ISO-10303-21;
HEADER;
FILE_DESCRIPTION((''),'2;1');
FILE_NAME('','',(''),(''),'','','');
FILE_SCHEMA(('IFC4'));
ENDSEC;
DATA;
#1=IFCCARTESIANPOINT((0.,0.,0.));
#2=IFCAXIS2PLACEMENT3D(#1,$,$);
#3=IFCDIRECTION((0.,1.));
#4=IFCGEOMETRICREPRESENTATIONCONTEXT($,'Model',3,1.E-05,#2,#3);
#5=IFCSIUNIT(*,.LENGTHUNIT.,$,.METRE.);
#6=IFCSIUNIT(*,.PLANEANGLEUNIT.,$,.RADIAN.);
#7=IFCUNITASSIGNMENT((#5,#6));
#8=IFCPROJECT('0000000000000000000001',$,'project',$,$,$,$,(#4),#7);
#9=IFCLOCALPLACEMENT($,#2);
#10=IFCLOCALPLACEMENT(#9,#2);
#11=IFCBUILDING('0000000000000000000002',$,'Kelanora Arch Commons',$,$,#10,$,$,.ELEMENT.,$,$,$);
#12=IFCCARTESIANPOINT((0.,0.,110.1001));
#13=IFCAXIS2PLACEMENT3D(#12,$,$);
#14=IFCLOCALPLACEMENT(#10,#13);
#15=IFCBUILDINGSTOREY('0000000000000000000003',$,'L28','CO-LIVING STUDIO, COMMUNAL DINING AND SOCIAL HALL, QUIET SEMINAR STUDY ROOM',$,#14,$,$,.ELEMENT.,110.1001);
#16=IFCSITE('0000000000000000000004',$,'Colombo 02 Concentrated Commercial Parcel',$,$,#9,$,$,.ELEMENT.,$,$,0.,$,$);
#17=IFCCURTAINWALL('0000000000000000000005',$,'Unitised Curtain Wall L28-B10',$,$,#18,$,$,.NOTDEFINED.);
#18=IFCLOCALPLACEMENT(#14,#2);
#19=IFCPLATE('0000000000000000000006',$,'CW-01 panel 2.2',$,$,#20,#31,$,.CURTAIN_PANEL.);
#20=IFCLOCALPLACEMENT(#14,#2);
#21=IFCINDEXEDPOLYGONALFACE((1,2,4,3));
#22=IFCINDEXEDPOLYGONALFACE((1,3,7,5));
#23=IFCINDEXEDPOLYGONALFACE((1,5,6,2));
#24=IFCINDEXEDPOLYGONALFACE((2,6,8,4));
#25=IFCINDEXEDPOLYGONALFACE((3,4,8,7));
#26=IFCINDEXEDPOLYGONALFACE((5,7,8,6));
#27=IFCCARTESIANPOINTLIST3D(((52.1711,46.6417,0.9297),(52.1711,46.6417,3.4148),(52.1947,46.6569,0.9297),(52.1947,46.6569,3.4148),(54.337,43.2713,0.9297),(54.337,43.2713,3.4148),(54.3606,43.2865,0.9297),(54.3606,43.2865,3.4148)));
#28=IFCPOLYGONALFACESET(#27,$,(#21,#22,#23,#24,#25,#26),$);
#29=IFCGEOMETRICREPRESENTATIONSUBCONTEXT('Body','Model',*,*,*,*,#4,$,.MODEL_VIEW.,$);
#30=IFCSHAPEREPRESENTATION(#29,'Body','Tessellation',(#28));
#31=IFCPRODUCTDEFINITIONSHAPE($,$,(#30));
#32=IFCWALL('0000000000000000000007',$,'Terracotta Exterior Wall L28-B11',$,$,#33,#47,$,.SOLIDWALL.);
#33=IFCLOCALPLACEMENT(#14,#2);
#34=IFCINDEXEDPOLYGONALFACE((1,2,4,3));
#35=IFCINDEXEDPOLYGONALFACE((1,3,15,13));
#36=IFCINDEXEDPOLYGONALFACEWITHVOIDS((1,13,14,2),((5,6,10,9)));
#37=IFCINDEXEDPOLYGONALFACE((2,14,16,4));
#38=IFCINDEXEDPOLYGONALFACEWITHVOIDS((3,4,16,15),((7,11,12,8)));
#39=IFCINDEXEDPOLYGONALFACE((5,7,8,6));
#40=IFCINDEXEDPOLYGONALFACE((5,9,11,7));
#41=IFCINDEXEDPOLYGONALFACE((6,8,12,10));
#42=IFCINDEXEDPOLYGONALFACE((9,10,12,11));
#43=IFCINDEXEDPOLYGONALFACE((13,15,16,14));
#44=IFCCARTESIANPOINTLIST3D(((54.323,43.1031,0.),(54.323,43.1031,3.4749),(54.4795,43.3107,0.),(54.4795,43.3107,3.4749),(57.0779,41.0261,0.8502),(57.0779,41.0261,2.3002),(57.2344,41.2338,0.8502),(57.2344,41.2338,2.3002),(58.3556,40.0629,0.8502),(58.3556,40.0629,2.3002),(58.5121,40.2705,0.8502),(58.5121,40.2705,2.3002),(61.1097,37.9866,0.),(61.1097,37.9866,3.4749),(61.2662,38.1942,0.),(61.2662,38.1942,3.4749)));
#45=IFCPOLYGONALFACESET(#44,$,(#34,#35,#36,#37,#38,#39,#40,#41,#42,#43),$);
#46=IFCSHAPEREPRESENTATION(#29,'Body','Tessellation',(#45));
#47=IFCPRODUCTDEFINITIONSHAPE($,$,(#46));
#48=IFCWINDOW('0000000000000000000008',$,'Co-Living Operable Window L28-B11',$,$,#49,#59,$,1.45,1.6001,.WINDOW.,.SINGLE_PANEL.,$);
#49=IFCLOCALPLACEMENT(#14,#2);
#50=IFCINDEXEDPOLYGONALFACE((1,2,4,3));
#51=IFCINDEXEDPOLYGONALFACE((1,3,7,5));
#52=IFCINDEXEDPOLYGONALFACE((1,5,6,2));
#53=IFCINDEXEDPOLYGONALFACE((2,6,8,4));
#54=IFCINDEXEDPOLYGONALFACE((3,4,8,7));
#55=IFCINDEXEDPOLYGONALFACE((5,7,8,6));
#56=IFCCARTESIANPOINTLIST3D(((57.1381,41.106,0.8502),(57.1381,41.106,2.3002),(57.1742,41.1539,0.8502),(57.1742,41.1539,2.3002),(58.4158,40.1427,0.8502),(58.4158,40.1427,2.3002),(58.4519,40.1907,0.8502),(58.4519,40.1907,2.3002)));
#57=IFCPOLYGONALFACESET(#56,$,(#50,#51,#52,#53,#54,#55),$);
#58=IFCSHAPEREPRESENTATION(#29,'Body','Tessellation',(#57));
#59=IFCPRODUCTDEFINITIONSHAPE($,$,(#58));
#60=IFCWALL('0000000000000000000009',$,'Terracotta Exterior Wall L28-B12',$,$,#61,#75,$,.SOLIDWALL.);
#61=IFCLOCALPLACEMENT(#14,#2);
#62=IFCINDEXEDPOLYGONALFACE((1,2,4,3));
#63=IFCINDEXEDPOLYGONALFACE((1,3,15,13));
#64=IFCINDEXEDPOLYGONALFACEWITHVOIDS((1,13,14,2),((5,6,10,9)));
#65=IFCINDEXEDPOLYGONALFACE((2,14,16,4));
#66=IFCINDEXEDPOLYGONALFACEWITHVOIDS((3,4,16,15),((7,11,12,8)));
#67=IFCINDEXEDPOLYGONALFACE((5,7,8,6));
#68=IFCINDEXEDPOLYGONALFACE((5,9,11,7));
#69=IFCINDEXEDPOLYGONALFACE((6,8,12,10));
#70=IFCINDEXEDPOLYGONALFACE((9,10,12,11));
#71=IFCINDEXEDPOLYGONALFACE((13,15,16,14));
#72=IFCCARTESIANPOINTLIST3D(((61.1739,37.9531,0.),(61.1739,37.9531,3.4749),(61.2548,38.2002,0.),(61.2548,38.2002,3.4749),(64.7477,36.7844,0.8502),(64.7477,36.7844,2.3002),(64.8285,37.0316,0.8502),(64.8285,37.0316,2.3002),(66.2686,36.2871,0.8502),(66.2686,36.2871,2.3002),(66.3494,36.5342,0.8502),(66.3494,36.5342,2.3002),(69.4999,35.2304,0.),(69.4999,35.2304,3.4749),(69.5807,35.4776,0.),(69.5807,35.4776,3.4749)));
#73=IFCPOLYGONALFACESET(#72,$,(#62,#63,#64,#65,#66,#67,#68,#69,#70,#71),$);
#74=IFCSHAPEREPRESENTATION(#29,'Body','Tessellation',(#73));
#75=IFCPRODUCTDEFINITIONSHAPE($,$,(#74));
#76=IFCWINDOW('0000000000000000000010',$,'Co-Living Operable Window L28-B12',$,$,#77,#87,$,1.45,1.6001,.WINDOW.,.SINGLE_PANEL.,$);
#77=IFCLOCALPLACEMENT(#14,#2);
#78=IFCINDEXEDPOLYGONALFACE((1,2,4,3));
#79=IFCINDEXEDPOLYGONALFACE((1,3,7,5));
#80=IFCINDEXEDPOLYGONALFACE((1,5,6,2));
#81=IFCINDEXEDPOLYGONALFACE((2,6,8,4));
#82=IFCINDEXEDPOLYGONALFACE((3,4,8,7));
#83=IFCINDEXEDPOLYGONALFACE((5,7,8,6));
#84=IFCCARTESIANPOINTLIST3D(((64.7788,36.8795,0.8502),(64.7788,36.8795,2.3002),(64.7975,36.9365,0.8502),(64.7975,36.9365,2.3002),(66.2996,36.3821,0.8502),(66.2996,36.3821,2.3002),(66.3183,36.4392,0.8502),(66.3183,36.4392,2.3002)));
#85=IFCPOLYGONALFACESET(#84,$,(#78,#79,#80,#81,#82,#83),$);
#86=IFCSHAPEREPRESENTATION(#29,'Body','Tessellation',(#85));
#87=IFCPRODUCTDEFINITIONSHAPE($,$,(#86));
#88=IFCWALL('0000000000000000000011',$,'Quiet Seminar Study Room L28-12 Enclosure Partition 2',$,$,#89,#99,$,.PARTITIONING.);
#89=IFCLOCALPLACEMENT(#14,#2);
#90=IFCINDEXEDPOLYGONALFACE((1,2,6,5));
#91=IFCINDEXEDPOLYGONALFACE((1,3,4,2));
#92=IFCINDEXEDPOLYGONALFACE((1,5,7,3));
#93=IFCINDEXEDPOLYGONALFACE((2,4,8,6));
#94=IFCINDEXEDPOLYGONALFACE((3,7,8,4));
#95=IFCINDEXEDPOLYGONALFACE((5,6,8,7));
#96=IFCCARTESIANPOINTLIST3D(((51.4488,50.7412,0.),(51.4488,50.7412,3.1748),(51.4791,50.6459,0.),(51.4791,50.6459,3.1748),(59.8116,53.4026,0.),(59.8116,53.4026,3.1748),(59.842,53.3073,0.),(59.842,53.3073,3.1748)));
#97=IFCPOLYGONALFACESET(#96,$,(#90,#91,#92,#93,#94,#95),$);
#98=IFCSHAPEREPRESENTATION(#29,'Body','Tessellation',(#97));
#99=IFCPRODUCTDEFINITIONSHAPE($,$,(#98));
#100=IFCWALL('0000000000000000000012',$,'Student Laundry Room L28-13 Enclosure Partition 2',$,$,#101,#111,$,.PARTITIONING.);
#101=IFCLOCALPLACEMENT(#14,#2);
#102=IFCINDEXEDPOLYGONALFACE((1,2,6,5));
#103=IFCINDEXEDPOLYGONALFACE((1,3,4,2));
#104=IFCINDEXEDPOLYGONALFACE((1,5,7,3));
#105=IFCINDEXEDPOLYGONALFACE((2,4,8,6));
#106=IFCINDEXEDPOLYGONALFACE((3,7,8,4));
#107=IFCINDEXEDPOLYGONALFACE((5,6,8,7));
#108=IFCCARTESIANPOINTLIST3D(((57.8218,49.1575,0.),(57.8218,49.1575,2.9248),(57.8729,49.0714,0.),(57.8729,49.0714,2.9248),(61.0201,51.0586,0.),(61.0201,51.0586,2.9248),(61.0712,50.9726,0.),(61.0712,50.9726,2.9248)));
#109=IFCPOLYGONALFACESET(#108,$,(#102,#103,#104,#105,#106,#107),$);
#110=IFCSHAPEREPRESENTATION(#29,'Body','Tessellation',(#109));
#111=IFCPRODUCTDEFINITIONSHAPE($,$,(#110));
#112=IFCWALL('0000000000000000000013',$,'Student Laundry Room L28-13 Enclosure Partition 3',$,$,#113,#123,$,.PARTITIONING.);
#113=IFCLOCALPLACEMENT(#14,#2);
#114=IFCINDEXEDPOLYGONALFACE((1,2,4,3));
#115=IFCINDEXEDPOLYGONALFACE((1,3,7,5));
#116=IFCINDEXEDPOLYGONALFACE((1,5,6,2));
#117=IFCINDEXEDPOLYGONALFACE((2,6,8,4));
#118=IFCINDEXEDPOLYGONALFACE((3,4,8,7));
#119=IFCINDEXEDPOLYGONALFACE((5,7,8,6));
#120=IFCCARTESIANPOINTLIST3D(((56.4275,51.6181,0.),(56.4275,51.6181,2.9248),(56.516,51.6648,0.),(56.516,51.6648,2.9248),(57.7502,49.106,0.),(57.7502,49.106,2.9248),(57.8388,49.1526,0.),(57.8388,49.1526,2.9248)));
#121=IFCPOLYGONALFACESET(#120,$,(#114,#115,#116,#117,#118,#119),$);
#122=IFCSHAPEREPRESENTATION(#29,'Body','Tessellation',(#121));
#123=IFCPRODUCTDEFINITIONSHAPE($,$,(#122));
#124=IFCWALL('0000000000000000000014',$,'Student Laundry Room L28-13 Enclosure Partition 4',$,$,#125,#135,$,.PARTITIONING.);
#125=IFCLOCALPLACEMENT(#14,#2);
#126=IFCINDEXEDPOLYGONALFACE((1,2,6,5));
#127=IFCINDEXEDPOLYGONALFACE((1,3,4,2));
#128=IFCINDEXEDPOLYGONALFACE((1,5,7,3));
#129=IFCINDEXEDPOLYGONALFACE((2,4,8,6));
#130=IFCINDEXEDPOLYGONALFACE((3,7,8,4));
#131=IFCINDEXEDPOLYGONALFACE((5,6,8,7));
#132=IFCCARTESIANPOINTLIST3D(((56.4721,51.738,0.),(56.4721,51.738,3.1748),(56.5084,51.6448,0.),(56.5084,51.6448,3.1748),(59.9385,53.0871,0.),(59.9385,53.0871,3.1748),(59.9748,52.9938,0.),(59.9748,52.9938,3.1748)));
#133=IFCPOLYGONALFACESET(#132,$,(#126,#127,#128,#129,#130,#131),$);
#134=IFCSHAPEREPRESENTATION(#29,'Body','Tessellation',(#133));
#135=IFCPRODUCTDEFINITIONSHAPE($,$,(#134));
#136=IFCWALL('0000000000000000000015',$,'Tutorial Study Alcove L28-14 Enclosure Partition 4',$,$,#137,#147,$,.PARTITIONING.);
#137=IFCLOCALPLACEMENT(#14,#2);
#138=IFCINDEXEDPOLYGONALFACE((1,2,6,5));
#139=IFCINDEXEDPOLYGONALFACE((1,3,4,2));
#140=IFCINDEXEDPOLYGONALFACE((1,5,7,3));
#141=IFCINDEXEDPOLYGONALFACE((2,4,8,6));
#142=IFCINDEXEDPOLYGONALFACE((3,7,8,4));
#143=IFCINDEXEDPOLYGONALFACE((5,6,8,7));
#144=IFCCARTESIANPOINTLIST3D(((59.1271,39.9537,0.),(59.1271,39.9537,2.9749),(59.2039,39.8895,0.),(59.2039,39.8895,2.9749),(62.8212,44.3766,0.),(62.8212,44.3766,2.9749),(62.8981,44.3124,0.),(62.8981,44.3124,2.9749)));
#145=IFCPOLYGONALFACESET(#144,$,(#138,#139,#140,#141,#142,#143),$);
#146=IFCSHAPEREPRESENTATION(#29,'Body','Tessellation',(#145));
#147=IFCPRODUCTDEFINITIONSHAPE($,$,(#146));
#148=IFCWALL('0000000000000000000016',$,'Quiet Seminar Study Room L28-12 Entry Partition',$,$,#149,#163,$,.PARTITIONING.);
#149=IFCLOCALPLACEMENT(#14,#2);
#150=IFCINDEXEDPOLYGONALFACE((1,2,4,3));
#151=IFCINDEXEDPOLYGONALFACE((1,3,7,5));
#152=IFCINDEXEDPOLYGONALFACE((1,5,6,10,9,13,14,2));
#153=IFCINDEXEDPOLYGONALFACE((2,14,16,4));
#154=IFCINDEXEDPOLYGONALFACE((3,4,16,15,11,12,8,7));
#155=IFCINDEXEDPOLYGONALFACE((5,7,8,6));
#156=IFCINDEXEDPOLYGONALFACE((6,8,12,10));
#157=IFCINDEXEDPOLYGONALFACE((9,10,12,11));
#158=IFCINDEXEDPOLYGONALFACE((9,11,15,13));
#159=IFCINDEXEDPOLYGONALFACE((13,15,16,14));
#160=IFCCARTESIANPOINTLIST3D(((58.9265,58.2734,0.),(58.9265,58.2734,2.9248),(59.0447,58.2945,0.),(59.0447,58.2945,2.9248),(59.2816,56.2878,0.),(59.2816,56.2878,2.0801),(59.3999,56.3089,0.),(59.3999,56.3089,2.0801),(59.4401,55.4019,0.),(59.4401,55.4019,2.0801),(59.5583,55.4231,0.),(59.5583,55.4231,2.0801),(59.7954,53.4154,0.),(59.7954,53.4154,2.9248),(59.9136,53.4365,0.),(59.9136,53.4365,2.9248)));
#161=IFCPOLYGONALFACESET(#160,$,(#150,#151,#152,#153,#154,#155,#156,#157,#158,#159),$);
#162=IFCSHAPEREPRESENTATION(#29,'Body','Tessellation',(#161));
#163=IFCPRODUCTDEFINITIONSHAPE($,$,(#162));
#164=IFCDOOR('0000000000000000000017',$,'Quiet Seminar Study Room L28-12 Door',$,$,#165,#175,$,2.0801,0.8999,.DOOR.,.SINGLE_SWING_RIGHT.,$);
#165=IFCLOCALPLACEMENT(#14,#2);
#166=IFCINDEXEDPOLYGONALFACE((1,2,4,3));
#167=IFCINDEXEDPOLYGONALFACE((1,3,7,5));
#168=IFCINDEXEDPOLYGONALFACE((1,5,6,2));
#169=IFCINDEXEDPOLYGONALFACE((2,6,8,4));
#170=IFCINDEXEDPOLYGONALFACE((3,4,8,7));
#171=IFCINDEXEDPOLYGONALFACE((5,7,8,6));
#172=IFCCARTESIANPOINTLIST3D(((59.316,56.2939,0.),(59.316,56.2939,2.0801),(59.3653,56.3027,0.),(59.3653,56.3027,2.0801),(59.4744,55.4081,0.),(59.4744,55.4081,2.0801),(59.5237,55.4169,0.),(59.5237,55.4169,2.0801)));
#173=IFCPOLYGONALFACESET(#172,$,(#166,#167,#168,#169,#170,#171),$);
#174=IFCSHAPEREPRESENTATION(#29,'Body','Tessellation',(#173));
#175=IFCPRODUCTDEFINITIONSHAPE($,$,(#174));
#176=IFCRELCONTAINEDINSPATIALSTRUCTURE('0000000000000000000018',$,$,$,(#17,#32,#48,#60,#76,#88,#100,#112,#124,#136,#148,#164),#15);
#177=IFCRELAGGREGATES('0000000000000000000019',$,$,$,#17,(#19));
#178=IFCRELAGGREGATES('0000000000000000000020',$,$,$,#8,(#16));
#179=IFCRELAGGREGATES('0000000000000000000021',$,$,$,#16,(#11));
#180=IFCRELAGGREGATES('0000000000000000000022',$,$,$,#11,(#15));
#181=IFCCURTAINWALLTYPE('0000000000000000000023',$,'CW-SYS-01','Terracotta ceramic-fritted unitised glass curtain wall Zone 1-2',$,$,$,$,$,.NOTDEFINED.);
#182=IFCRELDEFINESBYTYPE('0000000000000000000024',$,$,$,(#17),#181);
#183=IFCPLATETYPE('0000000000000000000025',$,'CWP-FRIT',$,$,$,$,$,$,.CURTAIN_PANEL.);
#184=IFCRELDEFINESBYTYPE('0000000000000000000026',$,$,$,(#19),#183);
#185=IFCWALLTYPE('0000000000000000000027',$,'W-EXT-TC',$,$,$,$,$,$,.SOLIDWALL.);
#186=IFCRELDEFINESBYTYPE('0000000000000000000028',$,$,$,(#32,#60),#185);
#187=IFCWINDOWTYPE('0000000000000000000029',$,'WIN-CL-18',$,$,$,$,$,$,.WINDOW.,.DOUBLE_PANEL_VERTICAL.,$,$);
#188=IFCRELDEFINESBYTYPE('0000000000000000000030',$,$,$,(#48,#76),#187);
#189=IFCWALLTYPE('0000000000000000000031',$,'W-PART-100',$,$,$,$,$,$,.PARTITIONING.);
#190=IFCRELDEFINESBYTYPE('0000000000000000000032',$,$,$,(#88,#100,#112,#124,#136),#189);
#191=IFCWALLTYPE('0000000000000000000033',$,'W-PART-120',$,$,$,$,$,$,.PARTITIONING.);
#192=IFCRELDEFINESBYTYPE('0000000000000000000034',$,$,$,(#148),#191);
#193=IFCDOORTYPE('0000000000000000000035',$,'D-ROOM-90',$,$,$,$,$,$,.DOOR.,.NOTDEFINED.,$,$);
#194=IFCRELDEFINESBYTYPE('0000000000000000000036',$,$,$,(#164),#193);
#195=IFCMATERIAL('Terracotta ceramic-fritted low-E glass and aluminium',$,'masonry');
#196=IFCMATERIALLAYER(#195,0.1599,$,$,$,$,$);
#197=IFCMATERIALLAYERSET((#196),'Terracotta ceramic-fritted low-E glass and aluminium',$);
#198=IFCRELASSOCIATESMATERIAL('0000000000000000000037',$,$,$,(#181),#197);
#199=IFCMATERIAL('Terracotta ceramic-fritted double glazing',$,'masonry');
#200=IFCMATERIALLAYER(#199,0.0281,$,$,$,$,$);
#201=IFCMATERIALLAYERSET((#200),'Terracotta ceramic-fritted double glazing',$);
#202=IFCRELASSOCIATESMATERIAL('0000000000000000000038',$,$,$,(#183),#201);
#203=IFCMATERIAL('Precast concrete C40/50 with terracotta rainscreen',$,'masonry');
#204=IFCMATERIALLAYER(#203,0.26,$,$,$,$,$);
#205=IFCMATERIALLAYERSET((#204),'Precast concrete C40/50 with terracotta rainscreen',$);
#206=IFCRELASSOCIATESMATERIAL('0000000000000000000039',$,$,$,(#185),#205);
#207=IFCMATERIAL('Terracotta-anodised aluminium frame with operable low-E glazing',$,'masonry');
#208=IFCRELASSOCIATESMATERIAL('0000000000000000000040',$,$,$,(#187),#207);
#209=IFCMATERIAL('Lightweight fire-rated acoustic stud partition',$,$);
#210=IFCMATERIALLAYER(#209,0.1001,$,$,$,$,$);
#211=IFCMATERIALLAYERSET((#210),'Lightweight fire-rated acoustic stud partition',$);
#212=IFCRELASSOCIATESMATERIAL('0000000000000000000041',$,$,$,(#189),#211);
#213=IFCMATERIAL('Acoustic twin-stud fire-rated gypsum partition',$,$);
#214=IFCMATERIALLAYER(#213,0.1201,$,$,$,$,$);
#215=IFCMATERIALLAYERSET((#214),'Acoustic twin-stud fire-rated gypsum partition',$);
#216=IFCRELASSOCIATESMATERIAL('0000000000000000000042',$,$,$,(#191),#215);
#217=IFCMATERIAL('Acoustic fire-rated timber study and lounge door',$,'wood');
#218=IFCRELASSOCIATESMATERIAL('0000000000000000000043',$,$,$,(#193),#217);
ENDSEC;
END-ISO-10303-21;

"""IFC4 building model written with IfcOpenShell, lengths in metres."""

from ifc_helpers import new_model, si_unit, direction, frame, frame_2d, origin, origin_2d, place, context, subcontext, project, spatial, rectangle, extrude, source, transform, mapped, material, layer, layer_set, type_object, element, fill, aggregate, save


model = new_model("IFC4")

# Units and contexts
model_context = context("Model", 3, precision=1e-05, world=origin(), true_north=direction((0.0, 1.0)))
body_context = subcontext(model_context, "Body", "Model", "MODEL_VIEW")
ifc_project = project(units=[si_unit("LENGTHUNIT", "METRE"), si_unit("PLANEANGLEUNIT", "RADIAN")], contexts=[model_context])

# Site, building, storey
site_placement = place(None, origin())
site = spatial("IfcSite", under=ifc_project, at=site_placement, Name="Colombo 02 Concentrated Commercial Parcel", CompositionType="ELEMENT", RefElevation=0.0)
building_placement = place(site_placement, origin())
building = spatial("IfcBuilding", under=site, at=building_placement, Name="Kelanora Arch Commons", CompositionType="ELEMENT")
storey_placement = place(building_placement, frame((0.0, 0.0, 110.1001)))
storey = spatial("IfcBuildingStorey", under=building, at=storey_placement, Name="L28", Description="CO-LIVING STUDIO, COMMUNAL DINING AND SOCIAL HALL, QUIET SEMINAR STUDY ROOM", CompositionType="ELEMENT", Elevation=110.1001)

# Curtain wall, plate
ifc_material_1 = material(Name="Terracotta ceramic-fritted low-E glass and aluminium", Category="masonry")
ifc_layer_1 = layer(ifc_material_1, 0.1599)
ifc_layer_set_1 = layer_set([ifc_layer_1], Name="Terracotta ceramic-fritted low-E glass and aluminium")
curtain_wall_type = type_object("IfcCurtainWallType", Name="CW-SYS-01", Description="Terracotta ceramic-fritted unitised glass curtain wall Zone 1-2", PredefinedType="NOTDEFINED", material=ifc_layer_set_1)
curtain_wall_placement = place(storey_placement, origin())
curtain_wall = element("IfcCurtainWall", 1, at=curtain_wall_placement, inside=storey, type_object=curtain_wall_type, Name="Unitised Curtain Wall L28-B10", PredefinedType="NOTDEFINED")
ifc_material_2 = material(Name="Terracotta ceramic-fritted double glazing", Category="masonry")
ifc_layer_2 = layer(ifc_material_2, 0.0281)
ifc_layer_set_2 = layer_set([ifc_layer_2], Name="Terracotta ceramic-fritted double glazing")
plate_type = type_object("IfcPlateType", Name="CWP-FRIT", PredefinedType="CURTAIN_PANEL", material=ifc_layer_set_2)
shared_shape_1 = source(origin(), body_context, "Body", "SweptSolid", [
    extrude(rectangle(XDim=4.0063, YDim=0.0281, at=origin_2d()), origin(), (0.0, 0.0, 1.0), 2.4851),
])
plate_1_placement = place(storey_placement, frame((53.2659, 44.9641, 0.9297), z_axis=(0.0, 0.0, 1.0), x_axis=(0.540617, -0.841269, 0.0)))
plate_1 = element("IfcPlate", 2, at=plate_1_placement, type_object=plate_type, Name="CW-01 panel 2.2", PredefinedType="CURTAIN_PANEL", context=body_context, shape_type="MappedRepresentation", body=[
    mapped(shared_shape_1, transform((0.0, 0.0, 0.0), scale=1.0)),
])
aggregate(curtain_wall, [plate_1])

# Walls, openings, windows
ifc_material_3 = material(Name="Precast concrete C40/50 with terracotta rainscreen", Category="masonry")
ifc_layer_3 = layer(ifc_material_3, 0.26)
ifc_layer_set_3 = layer_set([ifc_layer_3], Name="Precast concrete C40/50 with terracotta rainscreen")
wall_type_1 = type_object("IfcWallType", Name="W-EXT-TC", PredefinedType="SOLIDWALL", material=ifc_layer_set_3)
wall_1_placement = place(storey_placement, frame((54.4014, 43.2068, 0.0), z_axis=(0.0, 0.0, 1.0), x_axis=(0.798502, -0.601993, 0.0)))
wall_1 = element("IfcWall", 3, at=wall_1_placement, inside=storey, type_object=wall_type_1, Name="Terracotta Exterior Wall L28-B11", PredefinedType="SOLIDWALL", context=body_context, shape_type="SweptSolid", body=[
    extrude(rectangle(XDim=8.4993, YDim=0.26, at=frame_2d((4.2495, 0.0))), origin(), (0.0, 0.0, 1.0), 3.4749),
])
opening_1_placement = place(wall_1_placement, frame((3.45, 0.0, 0.8501)))
opening_1 = element("IfcOpeningElement", 4, at=opening_1_placement, cuts=wall_1, PredefinedType="OPENING", context=body_context, shape_type="SweptSolid", body=[
    extrude(rectangle(XDim=1.6001, YDim=1.45, at=frame_2d((0.8, 0.7251))), frame((0.0, 0.1401, 0.0), z_axis=(0.0, -1.0, 0.0), x_axis=(1.0, 0.0, 0.0)), (0.0, 0.0, 1.0), 0.28),
])
ifc_material_4 = material(Name="Terracotta-anodised aluminium frame with operable low-E glazing", Category="masonry")
window_type = type_object("IfcWindowType", Name="WIN-CL-18", PartitioningType="DOUBLE_PANEL_VERTICAL", PredefinedType="WINDOW", material=ifc_material_4)
window_1_placement = place(opening_1_placement, origin())
window_1 = element("IfcWindow", 5, at=window_1_placement, inside=storey, type_object=window_type, Name="Co-Living Operable Window L28-B11", OverallHeight=1.45, OverallWidth=1.6001, PartitioningType="SINGLE_PANEL", PredefinedType="WINDOW", context=body_context, shape_type="SweptSolid", body=[
    extrude(rectangle(XDim=1.6001, YDim=1.45, at=frame_2d((0.8, 0.7251))), frame((0.0, 0.03, 0.0), z_axis=(0.0, -1.0, 0.0), x_axis=(1.0, 0.0, 0.0)), (0.0, 0.0, 1.0), 0.0601),
])
fill(opening_1, window_1)
wall_2_placement = place(storey_placement, frame((61.2144, 38.0767, 0.0), z_axis=(0.0, 0.0, 1.0), x_axis=(0.950471, -0.310813, 0.0)))
wall_2 = element("IfcWall", 6, at=wall_2_placement, inside=storey, type_object=wall_type_1, Name="Terracotta Exterior Wall L28-B12", PredefinedType="SOLIDWALL", context=body_context, shape_type="SweptSolid", body=[
    extrude(rectangle(XDim=8.7598, YDim=0.26, at=frame_2d((4.3799, 0.0))), origin(), (0.0, 0.0, 1.0), 3.4749),
])
opening_2_placement = place(wall_2_placement, frame((3.76, 0.0, 0.8501)))
opening_2 = element("IfcOpeningElement", 7, at=opening_2_placement, cuts=wall_2, PredefinedType="OPENING", context=body_context, shape_type="SweptSolid", body=[
    extrude(rectangle(XDim=1.6001, YDim=1.45, at=frame_2d((0.8, 0.7251))), frame((0.0, 0.1401, 0.0), z_axis=(0.0, -1.0, 0.0), x_axis=(1.0, 0.0, 0.0)), (0.0, 0.0, 1.0), 0.28),
])
window_2_placement = place(opening_2_placement, origin())
window_2 = element("IfcWindow", 8, at=window_2_placement, inside=storey, type_object=window_type, Name="Co-Living Operable Window L28-B12", OverallHeight=1.45, OverallWidth=1.6001, PartitioningType="SINGLE_PANEL", PredefinedType="WINDOW", context=body_context, shape_type="SweptSolid", body=[
    extrude(rectangle(XDim=1.6001, YDim=1.45, at=frame_2d((0.8, 0.7251))), frame((0.0, 0.03, 0.0), z_axis=(0.0, -1.0, 0.0), x_axis=(1.0, 0.0, 0.0)), (0.0, 0.0, 1.0), 0.0601),
])
fill(opening_2, window_2)

# Walls
ifc_material_5 = material(Name="Lightweight fire-rated acoustic stud partition")
ifc_layer_4 = layer(ifc_material_5, 0.1001)
ifc_layer_set_4 = layer_set([ifc_layer_4], Name="Lightweight fire-rated acoustic stud partition")
wall_type_2 = type_object("IfcWallType", Name="W-PART-100", PredefinedType="PARTITIONING", material=ifc_layer_set_4)
wall_3_placement = place(storey_placement, frame((59.8269, 53.355, 0.0), z_axis=(0.0, 0.0, 1.0), x_axis=(-0.95291, -0.303254, 0.0)))
element("IfcWall", 9, at=wall_3_placement, inside=storey, type_object=wall_type_2, Name="Quiet Seminar Study Room L28-12 Enclosure Partition 2", PredefinedType="PARTITIONING", context=body_context, shape_type="SweptSolid", body=[
    extrude(rectangle(XDim=8.7761, YDim=0.1001, at=frame_2d((4.3882, 0.0))), origin(), (0.0, 0.0, 1.0), 3.1748),
])
wall_4_placement = place(storey_placement, frame((61.0457, 51.0156, 0.0), z_axis=(0.0, 0.0, 1.0), x_axis=(-0.859599, -0.510969, 0.0)))
element("IfcWall", 10, at=wall_4_placement, inside=storey, type_object=wall_type_2, Name="Student Laundry Room L28-13 Enclosure Partition 2", PredefinedType="PARTITIONING", context=body_context, shape_type="SweptSolid", body=[
    extrude(rectangle(XDim=3.7207, YDim=0.1001, at=frame_2d((1.8604, 0.0))), origin(), (0.0, 0.0, 1.0), 2.9248),
])
wall_5_placement = place(storey_placement, frame((57.7944, 49.1294, 0.0), z_axis=(0.0, 0.0, 1.0), x_axis=(-0.465895, 0.88484, 0.0)))
element("IfcWall", 11, at=wall_5_placement, inside=storey, type_object=wall_type_2, Name="Student Laundry Room L28-13 Enclosure Partition 3", PredefinedType="PARTITIONING", context=body_context, shape_type="SweptSolid", body=[
    extrude(rectangle(XDim=2.8391, YDim=0.1001, at=frame_2d((1.4194, 0.0))), origin(), (0.0, 0.0, 1.0), 2.9248),
])
wall_6_placement = place(storey_placement, frame((56.4902, 51.6914, 0.0), z_axis=(0.0, 0.0, 1.0), x_axis=(0.931912, 0.362684, 0.0)))
element("IfcWall", 12, at=wall_6_placement, inside=storey, type_object=wall_type_2, Name="Student Laundry Room L28-13 Enclosure Partition 4", PredefinedType="PARTITIONING", context=body_context, shape_type="SweptSolid", body=[
    extrude(rectangle(XDim=3.7197, YDim=0.1001, at=frame_2d((1.8599, 0.0))), origin(), (0.0, 0.0, 1.0), 3.1748),
])
wall_7_placement = place(storey_placement, frame((59.1655, 39.9216, 0.0), z_axis=(0.0, 0.0, 1.0), x_axis=(0.641042, 0.767505, 0.0)))
element("IfcWall", 13, at=wall_7_placement, inside=storey, type_object=wall_type_2, Name="Tutorial Study Alcove L28-14 Enclosure Partition 4", PredefinedType="PARTITIONING", context=body_context, shape_type="SweptSolid", body=[
    extrude(rectangle(XDim=5.7627, YDim=0.1001, at=frame_2d((2.8813, 0.0))), origin(), (0.0, 0.0, 1.0), 2.9749),
])

# Wall, opening, door
ifc_material_6 = material(Name="Acoustic twin-stud fire-rated gypsum partition")
ifc_layer_5 = layer(ifc_material_6, 0.1201)
ifc_layer_set_5 = layer_set([ifc_layer_5], Name="Acoustic twin-stud fire-rated gypsum partition")
wall_type_3 = type_object("IfcWallType", Name="W-PART-120", PredefinedType="PARTITIONING", material=ifc_layer_set_5)
wall_8_placement = place(storey_placement, frame((58.9856, 58.2839, 0.0), z_axis=(0.0, 0.0, 1.0), x_axis=(0.176068, -0.984378, 0.0)))
wall_8 = element("IfcWall", 14, at=wall_8_placement, inside=storey, type_object=wall_type_3, Name="Quiet Seminar Study Room L28-12 Entry Partition", PredefinedType="PARTITIONING", context=body_context, shape_type="SweptSolid", body=[
    extrude(rectangle(XDim=4.9351, YDim=0.1201, at=frame_2d((2.4675, 0.0))), origin(), (0.0, 0.0, 1.0), 2.9248),
])
opening_3_placement = place(wall_8_placement, frame((2.0171, 0.0, 0.0)))
opening_3 = element("IfcOpeningElement", 15, at=opening_3_placement, cuts=wall_8, PredefinedType="OPENING", context=body_context, shape_type="SweptSolid", body=[
    extrude(rectangle(XDim=0.8999, YDim=2.0801, at=frame_2d((0.45, 1.04))), frame((0.0, 0.0701, 0.0), z_axis=(0.0, -1.0, 0.0), x_axis=(1.0, 0.0, 0.0)), (0.0, 0.0, 1.0), 0.1401),
])
ifc_material_7 = material(Name="Acoustic fire-rated timber study and lounge door", Category="wood")
door_type = type_object("IfcDoorType", Name="D-ROOM-90", OperationType="NOTDEFINED", PredefinedType="DOOR", material=ifc_material_7)
door_1_placement = place(opening_3_placement, origin())
door_1 = element("IfcDoor", 16, at=door_1_placement, inside=storey, type_object=door_type, Name="Quiet Seminar Study Room L28-12 Door", OperationType="SINGLE_SWING_RIGHT", OverallHeight=2.0801, OverallWidth=0.8999, PredefinedType="DOOR", context=body_context, shape_type="SweptSolid", body=[
    extrude(rectangle(XDim=0.8999, YDim=2.0801, at=frame_2d((0.45, 1.04))), frame((0.0, 0.0249, 0.0), z_axis=(0.0, -1.0, 0.0), x_axis=(1.0, 0.0, 0.0)), (0.0, 0.0, 1.0), 0.05),
])
fill(opening_3, door_1)

save(model, "model.ifc")
